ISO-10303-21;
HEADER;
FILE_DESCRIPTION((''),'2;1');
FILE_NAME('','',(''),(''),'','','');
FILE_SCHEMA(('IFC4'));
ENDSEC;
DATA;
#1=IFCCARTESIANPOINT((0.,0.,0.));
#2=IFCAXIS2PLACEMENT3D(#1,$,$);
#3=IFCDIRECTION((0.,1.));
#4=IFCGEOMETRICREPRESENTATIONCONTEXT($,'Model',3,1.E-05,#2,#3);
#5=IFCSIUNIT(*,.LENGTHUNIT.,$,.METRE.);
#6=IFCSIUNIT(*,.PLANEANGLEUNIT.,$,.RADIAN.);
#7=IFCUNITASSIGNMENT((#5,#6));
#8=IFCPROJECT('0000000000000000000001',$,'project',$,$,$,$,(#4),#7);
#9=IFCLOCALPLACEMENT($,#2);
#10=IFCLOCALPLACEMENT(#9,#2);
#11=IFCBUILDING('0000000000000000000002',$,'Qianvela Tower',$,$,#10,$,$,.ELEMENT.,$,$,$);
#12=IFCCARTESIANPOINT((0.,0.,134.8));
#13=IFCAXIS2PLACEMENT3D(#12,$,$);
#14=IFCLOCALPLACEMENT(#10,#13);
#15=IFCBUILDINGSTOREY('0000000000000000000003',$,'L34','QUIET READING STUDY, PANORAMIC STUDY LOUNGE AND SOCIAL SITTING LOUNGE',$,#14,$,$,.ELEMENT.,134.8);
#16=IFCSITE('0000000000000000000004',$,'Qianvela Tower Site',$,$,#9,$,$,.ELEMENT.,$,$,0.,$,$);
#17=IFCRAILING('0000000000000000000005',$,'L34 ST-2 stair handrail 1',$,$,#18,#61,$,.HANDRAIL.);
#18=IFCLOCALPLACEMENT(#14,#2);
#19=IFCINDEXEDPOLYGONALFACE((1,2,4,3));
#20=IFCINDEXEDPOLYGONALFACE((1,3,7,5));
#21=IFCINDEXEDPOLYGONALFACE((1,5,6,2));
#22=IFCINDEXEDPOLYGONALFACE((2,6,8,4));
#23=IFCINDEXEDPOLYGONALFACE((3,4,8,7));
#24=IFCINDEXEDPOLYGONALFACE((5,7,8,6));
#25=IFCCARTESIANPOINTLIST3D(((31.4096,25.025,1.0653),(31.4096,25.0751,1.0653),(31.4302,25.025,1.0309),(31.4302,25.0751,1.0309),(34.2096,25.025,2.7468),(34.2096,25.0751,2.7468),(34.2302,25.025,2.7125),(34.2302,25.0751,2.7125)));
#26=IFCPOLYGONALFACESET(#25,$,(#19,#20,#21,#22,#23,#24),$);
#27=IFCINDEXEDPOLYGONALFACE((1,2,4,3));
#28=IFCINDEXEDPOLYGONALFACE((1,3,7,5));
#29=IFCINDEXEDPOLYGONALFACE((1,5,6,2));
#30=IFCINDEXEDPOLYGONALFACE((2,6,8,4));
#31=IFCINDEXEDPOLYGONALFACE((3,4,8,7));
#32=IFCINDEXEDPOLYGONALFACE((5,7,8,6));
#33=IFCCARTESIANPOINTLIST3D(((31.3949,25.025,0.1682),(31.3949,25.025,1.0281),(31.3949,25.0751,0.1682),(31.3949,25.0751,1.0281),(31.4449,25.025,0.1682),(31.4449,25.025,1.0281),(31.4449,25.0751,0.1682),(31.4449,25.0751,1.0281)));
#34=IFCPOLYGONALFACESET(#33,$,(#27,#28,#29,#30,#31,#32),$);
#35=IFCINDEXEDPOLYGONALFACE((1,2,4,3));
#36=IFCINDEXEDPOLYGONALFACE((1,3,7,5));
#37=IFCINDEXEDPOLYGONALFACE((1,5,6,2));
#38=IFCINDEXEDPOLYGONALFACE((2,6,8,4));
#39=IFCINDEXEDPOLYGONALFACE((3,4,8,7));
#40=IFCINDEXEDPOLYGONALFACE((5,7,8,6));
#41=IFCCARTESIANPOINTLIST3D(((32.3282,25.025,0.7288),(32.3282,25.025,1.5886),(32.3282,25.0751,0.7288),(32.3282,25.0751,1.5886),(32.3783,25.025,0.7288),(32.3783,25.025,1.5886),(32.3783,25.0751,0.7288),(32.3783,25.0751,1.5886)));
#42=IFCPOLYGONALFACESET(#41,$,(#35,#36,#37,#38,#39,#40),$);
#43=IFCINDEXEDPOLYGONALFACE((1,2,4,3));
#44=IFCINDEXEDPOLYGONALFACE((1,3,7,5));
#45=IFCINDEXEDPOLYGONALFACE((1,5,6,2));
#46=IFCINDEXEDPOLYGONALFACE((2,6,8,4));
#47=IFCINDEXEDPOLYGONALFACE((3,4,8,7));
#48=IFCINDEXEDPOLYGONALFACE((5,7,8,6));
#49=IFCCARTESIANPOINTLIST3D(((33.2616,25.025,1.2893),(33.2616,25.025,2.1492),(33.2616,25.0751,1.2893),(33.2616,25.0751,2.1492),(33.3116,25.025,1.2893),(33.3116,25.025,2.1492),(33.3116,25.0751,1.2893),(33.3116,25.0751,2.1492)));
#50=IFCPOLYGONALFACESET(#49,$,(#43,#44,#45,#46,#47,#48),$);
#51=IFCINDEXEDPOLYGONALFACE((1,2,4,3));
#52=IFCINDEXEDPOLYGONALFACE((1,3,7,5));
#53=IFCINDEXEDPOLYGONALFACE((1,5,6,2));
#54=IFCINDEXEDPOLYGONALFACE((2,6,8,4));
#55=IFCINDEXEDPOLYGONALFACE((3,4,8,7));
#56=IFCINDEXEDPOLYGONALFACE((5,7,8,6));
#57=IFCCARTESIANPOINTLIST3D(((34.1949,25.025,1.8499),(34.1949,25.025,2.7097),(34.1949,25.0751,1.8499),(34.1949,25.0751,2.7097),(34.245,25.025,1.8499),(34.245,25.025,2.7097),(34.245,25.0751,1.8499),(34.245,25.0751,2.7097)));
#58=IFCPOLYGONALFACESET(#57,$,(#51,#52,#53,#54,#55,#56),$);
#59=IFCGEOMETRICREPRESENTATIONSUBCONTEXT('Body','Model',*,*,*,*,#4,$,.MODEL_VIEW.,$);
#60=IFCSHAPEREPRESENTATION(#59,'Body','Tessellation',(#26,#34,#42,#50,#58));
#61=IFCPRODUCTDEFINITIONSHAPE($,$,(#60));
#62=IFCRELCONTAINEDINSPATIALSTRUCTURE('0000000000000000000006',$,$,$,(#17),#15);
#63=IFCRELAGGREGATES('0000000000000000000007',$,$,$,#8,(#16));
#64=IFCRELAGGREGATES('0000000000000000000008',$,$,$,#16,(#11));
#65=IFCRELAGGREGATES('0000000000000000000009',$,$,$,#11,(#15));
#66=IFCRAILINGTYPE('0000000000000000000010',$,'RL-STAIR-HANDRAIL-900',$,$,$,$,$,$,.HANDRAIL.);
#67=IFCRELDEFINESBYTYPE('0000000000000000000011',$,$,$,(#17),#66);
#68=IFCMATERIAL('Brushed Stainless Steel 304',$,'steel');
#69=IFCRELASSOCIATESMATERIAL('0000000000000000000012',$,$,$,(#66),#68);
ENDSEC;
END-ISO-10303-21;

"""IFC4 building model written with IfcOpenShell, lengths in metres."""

from ifc_helpers import new_model, si_unit, direction, frame, origin, origin_2d, place, context, subcontext, project, spatial, rectangle, extrude, material, type_object, element, save


model = new_model("IFC4")

# Units and contexts
model_context = context("Model", 3, precision=1e-05, world=origin(), true_north=direction((0.0, 1.0)))
body_context = subcontext(model_context, "Body", "Model", "MODEL_VIEW")
ifc_project = project(units=[si_unit("LENGTHUNIT", "METRE"), si_unit("PLANEANGLEUNIT", "RADIAN")], contexts=[model_context])

# Site, building, storey
site_placement = place(None, origin())
site = spatial("IfcSite", under=ifc_project, at=site_placement, Name="Qianvela Tower Site", CompositionType="ELEMENT", RefElevation=0.0)
building_placement = place(site_placement, origin())
building = spatial("IfcBuilding", under=site, at=building_placement, Name="Qianvela Tower", CompositionType="ELEMENT")
storey_placement = place(building_placement, frame((0.0, 0.0, 134.8)))
storey = spatial("IfcBuildingStorey", under=building, at=storey_placement, Name="L34", Description="QUIET READING STUDY, PANORAMIC STUDY LOUNGE AND SOCIAL SITTING LOUNGE", CompositionType="ELEMENT", Elevation=134.8)

# Railing
ifc_material_1 = material(Name="Brushed Stainless Steel 304", Category="steel")
railing_type_1 = type_object("IfcRailingType", Name="RL-STAIR-HANDRAIL-900", PredefinedType="HANDRAIL", material=ifc_material_1)
railing_1_placement = place(storey_placement, frame((31.4199, 25.05, 0.1682)))
element("IfcRailing", 1, at=railing_1_placement, inside=storey, type_object=railing_type_1, Name="L34 ST-2 stair handrail 1", PredefinedType="HANDRAIL", context=body_context, shape_type="SweptSolid", body=[
    extrude(rectangle(XDim=0.05, YDim=0.04, at=origin_2d()), frame((0.0, 0.0, 0.8799), z_axis=(0.857275, 0.0, 0.514858), x_axis=(0.0, 1.0, 0.0)), (0.0, 0.0, 1.0), 3.2661),
    extrude(rectangle(XDim=0.05, YDim=0.05, at=origin_2d()), origin(), (0.0, 0.0, 1.0), 0.8599),
    extrude(rectangle(XDim=0.05, YDim=0.05, at=origin_2d()), frame((0.9333, 0.0, 0.5605)), (0.0, 0.0, 1.0), 0.8599),
    extrude(rectangle(XDim=0.05, YDim=0.05, at=origin_2d()), frame((1.8667, 0.0, 1.1211)), (0.0, 0.0, 1.0), 0.8599),
    extrude(rectangle(XDim=0.05, YDim=0.05, at=origin_2d()), frame((2.8, 0.0, 1.6816)), (0.0, 0.0, 1.0), 0.8599),
])

save(model, "model.ifc")
